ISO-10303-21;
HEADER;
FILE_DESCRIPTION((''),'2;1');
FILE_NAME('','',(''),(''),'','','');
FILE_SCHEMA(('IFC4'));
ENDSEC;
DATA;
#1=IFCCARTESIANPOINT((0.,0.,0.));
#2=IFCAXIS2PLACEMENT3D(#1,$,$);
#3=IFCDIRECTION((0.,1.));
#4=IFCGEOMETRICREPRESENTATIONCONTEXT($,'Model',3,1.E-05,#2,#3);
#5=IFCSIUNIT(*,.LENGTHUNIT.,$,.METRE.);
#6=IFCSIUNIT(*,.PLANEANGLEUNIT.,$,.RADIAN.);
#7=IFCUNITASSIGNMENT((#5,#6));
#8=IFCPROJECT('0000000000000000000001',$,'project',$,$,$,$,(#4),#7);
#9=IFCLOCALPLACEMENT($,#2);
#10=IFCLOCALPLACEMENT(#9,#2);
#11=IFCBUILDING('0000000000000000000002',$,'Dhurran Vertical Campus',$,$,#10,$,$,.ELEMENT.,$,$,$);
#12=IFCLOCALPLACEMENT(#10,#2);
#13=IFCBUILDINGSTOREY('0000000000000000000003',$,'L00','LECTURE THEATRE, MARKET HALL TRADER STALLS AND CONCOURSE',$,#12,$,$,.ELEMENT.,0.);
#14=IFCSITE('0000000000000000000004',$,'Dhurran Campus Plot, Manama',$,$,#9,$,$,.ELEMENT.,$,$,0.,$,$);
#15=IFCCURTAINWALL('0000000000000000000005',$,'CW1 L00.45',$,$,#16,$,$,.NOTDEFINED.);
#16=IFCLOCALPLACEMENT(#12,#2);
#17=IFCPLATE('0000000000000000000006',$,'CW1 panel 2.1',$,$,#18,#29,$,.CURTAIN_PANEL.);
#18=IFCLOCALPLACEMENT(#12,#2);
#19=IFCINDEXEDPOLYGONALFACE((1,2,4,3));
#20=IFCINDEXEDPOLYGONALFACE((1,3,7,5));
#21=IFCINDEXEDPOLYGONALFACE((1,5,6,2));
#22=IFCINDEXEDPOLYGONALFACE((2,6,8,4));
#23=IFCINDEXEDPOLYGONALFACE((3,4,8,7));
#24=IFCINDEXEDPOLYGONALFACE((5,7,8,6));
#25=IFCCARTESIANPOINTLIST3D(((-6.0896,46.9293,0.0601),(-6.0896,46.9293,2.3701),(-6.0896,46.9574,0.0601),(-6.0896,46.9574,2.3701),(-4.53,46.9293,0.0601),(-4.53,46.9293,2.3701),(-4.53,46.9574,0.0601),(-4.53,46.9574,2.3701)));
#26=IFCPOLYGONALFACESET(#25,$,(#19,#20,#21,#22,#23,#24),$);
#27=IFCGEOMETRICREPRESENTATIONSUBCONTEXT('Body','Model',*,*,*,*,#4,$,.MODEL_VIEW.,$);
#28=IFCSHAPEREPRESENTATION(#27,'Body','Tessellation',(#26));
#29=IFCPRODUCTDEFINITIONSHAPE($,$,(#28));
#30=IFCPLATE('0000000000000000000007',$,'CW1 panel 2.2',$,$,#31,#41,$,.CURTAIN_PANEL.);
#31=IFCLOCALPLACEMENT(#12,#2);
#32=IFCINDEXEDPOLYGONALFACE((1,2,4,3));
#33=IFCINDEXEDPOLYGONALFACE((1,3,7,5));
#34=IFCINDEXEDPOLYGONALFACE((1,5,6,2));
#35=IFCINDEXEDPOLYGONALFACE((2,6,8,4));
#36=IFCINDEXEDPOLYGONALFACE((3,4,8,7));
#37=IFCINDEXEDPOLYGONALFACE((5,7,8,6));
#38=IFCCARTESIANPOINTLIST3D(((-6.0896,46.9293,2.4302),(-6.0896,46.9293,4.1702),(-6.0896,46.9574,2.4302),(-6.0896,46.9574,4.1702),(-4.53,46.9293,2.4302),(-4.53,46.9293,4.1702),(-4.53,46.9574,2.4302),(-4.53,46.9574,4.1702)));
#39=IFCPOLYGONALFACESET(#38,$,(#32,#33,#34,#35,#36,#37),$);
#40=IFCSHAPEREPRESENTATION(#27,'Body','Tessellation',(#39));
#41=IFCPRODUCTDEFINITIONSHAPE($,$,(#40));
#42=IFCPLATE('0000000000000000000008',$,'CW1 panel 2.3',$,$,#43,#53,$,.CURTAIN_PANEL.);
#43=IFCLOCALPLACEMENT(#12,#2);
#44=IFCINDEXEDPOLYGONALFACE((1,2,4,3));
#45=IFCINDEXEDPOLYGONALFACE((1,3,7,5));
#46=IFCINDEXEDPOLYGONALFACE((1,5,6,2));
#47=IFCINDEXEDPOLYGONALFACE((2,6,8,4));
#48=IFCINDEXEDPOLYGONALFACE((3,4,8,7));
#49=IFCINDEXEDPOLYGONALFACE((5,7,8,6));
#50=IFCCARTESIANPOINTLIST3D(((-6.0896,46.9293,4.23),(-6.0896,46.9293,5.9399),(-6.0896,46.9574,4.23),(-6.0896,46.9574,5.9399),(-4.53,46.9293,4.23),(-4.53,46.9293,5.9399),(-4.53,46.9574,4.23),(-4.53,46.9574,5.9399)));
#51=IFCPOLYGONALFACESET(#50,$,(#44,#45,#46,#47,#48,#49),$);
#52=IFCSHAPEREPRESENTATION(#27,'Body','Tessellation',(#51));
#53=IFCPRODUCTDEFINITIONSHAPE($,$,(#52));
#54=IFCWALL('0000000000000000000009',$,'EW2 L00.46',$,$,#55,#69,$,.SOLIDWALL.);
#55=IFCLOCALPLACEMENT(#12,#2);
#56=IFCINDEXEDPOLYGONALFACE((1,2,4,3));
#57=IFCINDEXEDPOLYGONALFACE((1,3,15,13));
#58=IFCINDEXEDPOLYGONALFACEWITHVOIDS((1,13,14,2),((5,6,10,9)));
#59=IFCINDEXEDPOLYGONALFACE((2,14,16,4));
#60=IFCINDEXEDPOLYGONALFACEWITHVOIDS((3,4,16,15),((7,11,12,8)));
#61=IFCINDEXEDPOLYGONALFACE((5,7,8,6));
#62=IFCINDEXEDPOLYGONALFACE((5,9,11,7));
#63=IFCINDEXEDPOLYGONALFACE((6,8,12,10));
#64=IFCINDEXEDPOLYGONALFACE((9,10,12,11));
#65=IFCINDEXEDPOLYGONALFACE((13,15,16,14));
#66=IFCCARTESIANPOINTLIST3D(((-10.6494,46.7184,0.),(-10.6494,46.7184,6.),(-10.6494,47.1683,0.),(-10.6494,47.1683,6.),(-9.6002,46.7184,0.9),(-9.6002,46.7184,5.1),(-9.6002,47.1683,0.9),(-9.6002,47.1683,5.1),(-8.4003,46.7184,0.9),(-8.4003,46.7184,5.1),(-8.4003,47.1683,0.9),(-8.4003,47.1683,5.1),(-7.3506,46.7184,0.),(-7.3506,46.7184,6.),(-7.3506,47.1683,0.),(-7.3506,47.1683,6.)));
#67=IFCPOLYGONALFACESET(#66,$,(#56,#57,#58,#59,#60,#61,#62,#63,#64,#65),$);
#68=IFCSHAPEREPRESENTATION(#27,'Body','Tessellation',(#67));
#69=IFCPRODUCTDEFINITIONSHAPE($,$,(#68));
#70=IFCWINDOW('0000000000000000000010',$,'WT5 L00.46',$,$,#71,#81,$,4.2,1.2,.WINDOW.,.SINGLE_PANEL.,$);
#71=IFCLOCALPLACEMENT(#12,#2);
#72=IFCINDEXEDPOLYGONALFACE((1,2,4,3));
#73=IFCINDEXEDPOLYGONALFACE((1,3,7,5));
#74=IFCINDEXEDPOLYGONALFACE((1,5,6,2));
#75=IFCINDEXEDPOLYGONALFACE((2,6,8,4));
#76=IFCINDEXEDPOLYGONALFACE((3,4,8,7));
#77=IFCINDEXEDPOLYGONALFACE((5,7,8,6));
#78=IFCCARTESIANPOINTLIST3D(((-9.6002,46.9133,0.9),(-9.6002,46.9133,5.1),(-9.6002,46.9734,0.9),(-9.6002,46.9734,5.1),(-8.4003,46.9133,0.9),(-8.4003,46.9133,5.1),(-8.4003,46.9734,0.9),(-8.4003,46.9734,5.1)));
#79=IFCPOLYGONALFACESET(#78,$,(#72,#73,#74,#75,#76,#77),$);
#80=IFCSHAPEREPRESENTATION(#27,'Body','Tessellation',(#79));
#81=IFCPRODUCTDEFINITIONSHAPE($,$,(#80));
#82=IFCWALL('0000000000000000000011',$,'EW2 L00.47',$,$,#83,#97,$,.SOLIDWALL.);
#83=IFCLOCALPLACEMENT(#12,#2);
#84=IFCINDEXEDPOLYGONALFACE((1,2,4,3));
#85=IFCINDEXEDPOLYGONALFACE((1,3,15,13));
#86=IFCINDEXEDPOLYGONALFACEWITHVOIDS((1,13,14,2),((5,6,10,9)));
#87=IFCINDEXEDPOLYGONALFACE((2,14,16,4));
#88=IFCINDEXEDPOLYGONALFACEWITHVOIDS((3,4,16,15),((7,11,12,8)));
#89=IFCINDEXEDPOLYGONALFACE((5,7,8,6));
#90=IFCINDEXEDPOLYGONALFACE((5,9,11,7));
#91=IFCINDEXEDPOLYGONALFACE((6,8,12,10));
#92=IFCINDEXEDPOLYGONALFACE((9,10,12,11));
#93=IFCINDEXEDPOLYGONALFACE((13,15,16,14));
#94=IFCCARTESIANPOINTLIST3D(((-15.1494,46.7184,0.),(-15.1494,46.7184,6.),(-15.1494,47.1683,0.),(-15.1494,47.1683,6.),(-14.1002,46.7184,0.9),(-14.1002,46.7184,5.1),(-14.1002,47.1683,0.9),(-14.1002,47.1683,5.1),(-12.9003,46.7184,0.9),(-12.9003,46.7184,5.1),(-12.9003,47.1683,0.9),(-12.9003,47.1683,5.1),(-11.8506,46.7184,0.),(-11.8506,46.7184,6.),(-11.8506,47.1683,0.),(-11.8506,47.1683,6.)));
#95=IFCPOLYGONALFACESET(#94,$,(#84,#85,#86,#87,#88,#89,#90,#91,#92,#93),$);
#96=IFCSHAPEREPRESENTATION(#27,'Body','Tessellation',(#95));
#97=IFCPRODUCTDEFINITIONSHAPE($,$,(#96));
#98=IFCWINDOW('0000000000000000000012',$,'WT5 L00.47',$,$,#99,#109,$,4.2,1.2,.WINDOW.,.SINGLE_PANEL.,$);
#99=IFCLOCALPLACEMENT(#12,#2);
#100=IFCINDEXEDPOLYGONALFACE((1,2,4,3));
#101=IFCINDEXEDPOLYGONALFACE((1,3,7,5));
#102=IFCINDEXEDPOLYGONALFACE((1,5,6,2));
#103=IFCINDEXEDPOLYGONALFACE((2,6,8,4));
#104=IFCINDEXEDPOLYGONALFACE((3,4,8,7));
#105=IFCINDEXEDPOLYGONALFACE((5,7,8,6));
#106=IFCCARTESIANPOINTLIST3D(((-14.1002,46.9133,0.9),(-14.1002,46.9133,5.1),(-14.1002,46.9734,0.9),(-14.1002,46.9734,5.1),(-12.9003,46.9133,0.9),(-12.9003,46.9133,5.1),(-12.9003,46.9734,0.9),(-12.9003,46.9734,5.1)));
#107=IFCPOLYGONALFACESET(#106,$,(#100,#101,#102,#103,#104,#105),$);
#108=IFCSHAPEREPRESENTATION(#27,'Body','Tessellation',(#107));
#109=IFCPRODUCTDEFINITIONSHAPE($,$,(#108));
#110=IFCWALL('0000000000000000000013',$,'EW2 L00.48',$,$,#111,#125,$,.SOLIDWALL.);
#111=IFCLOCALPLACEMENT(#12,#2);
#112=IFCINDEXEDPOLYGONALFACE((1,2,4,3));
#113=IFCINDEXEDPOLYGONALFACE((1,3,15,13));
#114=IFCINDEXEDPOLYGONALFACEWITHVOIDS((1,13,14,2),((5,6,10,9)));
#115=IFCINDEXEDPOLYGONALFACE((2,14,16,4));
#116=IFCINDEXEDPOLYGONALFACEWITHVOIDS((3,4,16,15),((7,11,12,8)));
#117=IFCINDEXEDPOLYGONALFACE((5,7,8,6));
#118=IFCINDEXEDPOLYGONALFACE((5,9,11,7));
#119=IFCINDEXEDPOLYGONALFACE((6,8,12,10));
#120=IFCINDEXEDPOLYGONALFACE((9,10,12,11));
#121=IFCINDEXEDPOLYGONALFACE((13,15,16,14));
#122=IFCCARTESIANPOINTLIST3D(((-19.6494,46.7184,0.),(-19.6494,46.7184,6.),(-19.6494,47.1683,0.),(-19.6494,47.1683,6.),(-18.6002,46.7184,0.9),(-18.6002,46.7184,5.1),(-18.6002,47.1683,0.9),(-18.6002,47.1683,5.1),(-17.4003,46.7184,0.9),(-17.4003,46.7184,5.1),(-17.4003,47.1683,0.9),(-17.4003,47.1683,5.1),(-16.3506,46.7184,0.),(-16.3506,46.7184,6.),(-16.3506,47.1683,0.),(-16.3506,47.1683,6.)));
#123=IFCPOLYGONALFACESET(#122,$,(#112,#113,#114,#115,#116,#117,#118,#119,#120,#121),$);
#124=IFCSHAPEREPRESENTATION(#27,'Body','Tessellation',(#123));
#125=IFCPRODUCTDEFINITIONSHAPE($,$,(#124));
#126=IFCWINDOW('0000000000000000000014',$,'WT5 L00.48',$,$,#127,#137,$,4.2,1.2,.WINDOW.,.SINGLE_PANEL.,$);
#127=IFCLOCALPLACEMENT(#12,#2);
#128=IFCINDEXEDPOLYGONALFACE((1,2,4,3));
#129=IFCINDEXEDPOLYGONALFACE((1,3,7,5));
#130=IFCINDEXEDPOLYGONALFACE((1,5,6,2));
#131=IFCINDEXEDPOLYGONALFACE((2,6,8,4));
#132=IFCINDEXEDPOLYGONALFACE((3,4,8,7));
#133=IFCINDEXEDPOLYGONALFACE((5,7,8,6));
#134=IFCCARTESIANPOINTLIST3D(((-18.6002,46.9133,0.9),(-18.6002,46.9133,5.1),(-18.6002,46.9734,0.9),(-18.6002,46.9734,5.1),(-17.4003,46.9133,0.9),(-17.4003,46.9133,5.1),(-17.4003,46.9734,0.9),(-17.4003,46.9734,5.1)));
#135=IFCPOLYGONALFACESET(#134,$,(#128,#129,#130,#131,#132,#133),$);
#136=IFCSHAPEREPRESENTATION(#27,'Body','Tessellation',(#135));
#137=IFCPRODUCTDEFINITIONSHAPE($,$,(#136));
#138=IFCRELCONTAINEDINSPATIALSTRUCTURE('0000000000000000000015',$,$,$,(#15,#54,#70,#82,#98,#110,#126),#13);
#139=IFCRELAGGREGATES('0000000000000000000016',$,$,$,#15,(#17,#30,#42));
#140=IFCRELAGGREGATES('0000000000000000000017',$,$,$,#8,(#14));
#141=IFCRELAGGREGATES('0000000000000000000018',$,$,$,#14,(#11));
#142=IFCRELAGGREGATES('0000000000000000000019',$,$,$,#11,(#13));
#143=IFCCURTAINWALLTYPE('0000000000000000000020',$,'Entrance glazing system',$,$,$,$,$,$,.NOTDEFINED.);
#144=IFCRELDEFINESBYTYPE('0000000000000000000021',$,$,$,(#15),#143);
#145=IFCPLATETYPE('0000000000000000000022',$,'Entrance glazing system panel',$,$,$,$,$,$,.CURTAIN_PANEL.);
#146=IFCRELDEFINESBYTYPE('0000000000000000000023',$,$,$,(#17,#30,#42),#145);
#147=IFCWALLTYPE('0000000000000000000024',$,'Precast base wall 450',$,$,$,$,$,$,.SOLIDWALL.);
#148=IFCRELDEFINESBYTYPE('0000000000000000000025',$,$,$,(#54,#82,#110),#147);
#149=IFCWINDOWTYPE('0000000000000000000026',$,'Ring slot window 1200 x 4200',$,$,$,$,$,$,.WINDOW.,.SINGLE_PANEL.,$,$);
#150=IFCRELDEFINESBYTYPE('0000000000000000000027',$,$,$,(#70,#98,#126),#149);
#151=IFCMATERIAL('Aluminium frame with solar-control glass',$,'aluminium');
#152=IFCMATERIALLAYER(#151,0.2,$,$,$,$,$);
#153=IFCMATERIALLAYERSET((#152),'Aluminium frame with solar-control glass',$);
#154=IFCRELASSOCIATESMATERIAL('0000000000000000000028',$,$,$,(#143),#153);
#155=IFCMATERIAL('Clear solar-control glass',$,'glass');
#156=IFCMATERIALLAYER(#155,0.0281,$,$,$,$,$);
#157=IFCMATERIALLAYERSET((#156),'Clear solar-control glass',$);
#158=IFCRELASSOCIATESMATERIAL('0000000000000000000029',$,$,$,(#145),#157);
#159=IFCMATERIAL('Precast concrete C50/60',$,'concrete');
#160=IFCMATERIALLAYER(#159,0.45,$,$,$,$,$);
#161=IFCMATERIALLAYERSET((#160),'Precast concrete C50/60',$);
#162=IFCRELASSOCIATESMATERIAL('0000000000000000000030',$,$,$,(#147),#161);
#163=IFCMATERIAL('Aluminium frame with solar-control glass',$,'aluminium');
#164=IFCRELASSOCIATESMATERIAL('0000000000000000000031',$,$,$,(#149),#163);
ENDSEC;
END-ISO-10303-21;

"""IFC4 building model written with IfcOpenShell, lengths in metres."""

from ifc_helpers import new_model, si_unit, direction, frame, frame_2d, origin, origin_2d, place, context, subcontext, project, spatial, rectangle, extrude, material, layer, layer_set, type_object, element, fill, aggregate, save


model = new_model("IFC4")

# Units and contexts
model_context = context("Model", 3, precision=1e-05, world=origin(), true_north=direction((0.0, 1.0)))
body_context = subcontext(model_context, "Body", "Model", "MODEL_VIEW")
ifc_project = project(units=[si_unit("LENGTHUNIT", "METRE"), si_unit("PLANEANGLEUNIT", "RADIAN")], contexts=[model_context])

# Site, building, storey
site_placement = place(None, origin())
site = spatial("IfcSite", under=ifc_project, at=site_placement, Name="Dhurran Campus Plot, Manama", CompositionType="ELEMENT", RefElevation=0.0)
building_placement = place(site_placement, origin())
building = spatial("IfcBuilding", under=site, at=building_placement, Name="Dhurran Vertical Campus", CompositionType="ELEMENT")
storey_placement = place(building_placement, origin())
storey = spatial("IfcBuildingStorey", under=building, at=storey_placement, Name="L00", Description="LECTURE THEATRE, MARKET HALL TRADER STALLS AND CONCOURSE", CompositionType="ELEMENT", Elevation=0.0)

# Curtain wall, plates
ifc_material_1 = material(Name="Aluminium frame with solar-control glass", Category="aluminium")
ifc_layer_1 = layer(ifc_material_1, 0.2)
ifc_layer_set_1 = layer_set([ifc_layer_1], Name="Aluminium frame with solar-control glass")
curtain_wall_type = type_object("IfcCurtainWallType", Name="Entrance glazing system", PredefinedType="NOTDEFINED", material=ifc_layer_set_1)
curtain_wall_placement = place(storey_placement, origin())
curtain_wall = element("IfcCurtainWall", 1, at=curtain_wall_placement, inside=storey, type_object=curtain_wall_type, Name="CW1 L00.45", PredefinedType="NOTDEFINED")
ifc_material_2 = material(Name="Clear solar-control glass", Category="glass")
ifc_layer_2 = layer(ifc_material_2, 0.0281)
ifc_layer_set_2 = layer_set([ifc_layer_2], Name="Clear solar-control glass")
plate_type = type_object("IfcPlateType", Name="Entrance glazing system panel", PredefinedType="CURTAIN_PANEL", material=ifc_layer_set_2)
plate_1_placement = place(storey_placement, frame((-5.3098, 46.9434, 0.0601), z_axis=(0.0, 0.0, 1.0), x_axis=(-1.0, 0.0, 0.0)))
plate_1 = element("IfcPlate", 2, at=plate_1_placement, type_object=plate_type, Name="CW1 panel 2.1", PredefinedType="CURTAIN_PANEL", context=body_context, shape_type="SweptSolid", body=[
    extrude(rectangle(XDim=1.5596, YDim=0.0281, at=origin_2d()), origin(), (0.0, 0.0, 1.0), 2.3101),
])
plate_2_placement = place(storey_placement, frame((-5.3098, 46.9434, 2.4302), z_axis=(0.0, 0.0, 1.0), x_axis=(-1.0, 0.0, 0.0)))
plate_2 = element("IfcPlate", 3, at=plate_2_placement, type_object=plate_type, Name="CW1 panel 2.2", PredefinedType="CURTAIN_PANEL", context=body_context, shape_type="SweptSolid", body=[
    extrude(rectangle(XDim=1.5596, YDim=0.0281, at=origin_2d()), origin(), (0.0, 0.0, 1.0), 1.74),
])
plate_3_placement = place(storey_placement, frame((-5.3098, 46.9434, 4.23), z_axis=(0.0, 0.0, 1.0), x_axis=(-1.0, 0.0, 0.0)))
plate_3 = element("IfcPlate", 4, at=plate_3_placement, type_object=plate_type, Name="CW1 panel 2.3", PredefinedType="CURTAIN_PANEL", context=body_context, shape_type="SweptSolid", body=[
    extrude(rectangle(XDim=1.5596, YDim=0.0281, at=origin_2d()), origin(), (0.0, 0.0, 1.0), 1.71),
])
aggregate(curtain_wall, [plate_1, plate_2, plate_3])

# Walls, openings, windows
ifc_material_3 = material(Name="Precast concrete C50/60", Category="concrete")
ifc_layer_3 = layer(ifc_material_3, 0.45)
ifc_layer_set_3 = layer_set([ifc_layer_3], Name="Precast concrete C50/60")
wall_type = type_object("IfcWallType", Name="Precast base wall 450", PredefinedType="SOLIDWALL", material=ifc_layer_set_3)
wall_1_placement = place(storey_placement, frame((-7.3506, 46.9434, 0.0), z_axis=(0.0, 0.0, 1.0), x_axis=(-1.0, 0.0, 0.0)))
wall_1 = element("IfcWall", 5, at=wall_1_placement, inside=storey, type_object=wall_type, Name="EW2 L00.46", PredefinedType="SOLIDWALL", context=body_context, shape_type="SweptSolid", body=[
    extrude(rectangle(XDim=3.2988, YDim=0.45, at=frame_2d((1.6494, 0.0))), origin(), (0.0, 0.0, 1.0), 6.0),
])
opening_1_placement = place(wall_1_placement, frame((1.0496, 0.0, 0.8999)))
opening_1 = element("IfcOpeningElement", 6, at=opening_1_placement, cuts=wall_1, PredefinedType="OPENING", context=body_context, shape_type="SweptSolid", body=[
    extrude(rectangle(XDim=1.2, YDim=4.2, at=frame_2d((0.6001, 2.1001))), frame((0.0, 0.2349, 0.0), z_axis=(0.0, -1.0, 0.0), x_axis=(1.0, 0.0, 0.0)), (0.0, 0.0, 1.0), 0.47),
])
ifc_material_4 = material(Name="Aluminium frame with solar-control glass", Category="aluminium")
window_type = type_object("IfcWindowType", Name="Ring slot window 1200 x 4200", PartitioningType="SINGLE_PANEL", PredefinedType="WINDOW", material=ifc_material_4)
window_1_placement = place(opening_1_placement, origin())
window_1 = element("IfcWindow", 7, at=window_1_placement, inside=storey, type_object=window_type, Name="WT5 L00.46", OverallHeight=4.2, OverallWidth=1.2, PartitioningType="SINGLE_PANEL", PredefinedType="WINDOW", context=body_context, shape_type="SweptSolid", body=[
    extrude(rectangle(XDim=1.2, YDim=4.2, at=frame_2d((0.6001, 2.1001))), frame((0.0, 0.03, 0.0), z_axis=(0.0, -1.0, 0.0), x_axis=(1.0, 0.0, 0.0)), (0.0, 0.0, 1.0), 0.0601),
])
fill(opening_1, window_1)
wall_2_placement = place(storey_placement, frame((-11.8506, 46.9434, 0.0), z_axis=(0.0, 0.0, 1.0), x_axis=(-1.0, 0.0, 0.0)))
wall_2 = element("IfcWall", 8, at=wall_2_placement, inside=storey, type_object=wall_type, Name="EW2 L00.47", PredefinedType="SOLIDWALL", context=body_context, shape_type="SweptSolid", body=[
    extrude(rectangle(XDim=3.2988, YDim=0.45, at=frame_2d((1.6494, 0.0))), origin(), (0.0, 0.0, 1.0), 6.0),
])
opening_2_placement = place(wall_2_placement, frame((1.0496, 0.0, 0.8999)))
opening_2 = element("IfcOpeningElement", 9, at=opening_2_placement, cuts=wall_2, PredefinedType="OPENING", context=body_context, shape_type="SweptSolid", body=[
    extrude(rectangle(XDim=1.2, YDim=4.2, at=frame_2d((0.6001, 2.1001))), frame((0.0, 0.2349, 0.0), z_axis=(0.0, -1.0, 0.0), x_axis=(1.0, 0.0, 0.0)), (0.0, 0.0, 1.0), 0.47),
])
window_2_placement = place(opening_2_placement, origin())
window_2 = element("IfcWindow", 10, at=window_2_placement, inside=storey, type_object=window_type, Name="WT5 L00.47", OverallHeight=4.2, OverallWidth=1.2, PartitioningType="SINGLE_PANEL", PredefinedType="WINDOW", context=body_context, shape_type="SweptSolid", body=[
    extrude(rectangle(XDim=1.2, YDim=4.2, at=frame_2d((0.6001, 2.1001))), frame((0.0, 0.03, 0.0), z_axis=(0.0, -1.0, 0.0), x_axis=(1.0, 0.0, 0.0)), (0.0, 0.0, 1.0), 0.0601),
])
fill(opening_2, window_2)
wall_3_placement = place(storey_placement, frame((-16.3506, 46.9434, 0.0), z_axis=(0.0, 0.0, 1.0), x_axis=(-1.0, 0.0, 0.0)))
wall_3 = element("IfcWall", 11, at=wall_3_placement, inside=storey, type_object=wall_type, Name="EW2 L00.48", PredefinedType="SOLIDWALL", context=body_context, shape_type="SweptSolid", body=[
    extrude(rectangle(XDim=3.2988, YDim=0.45, at=frame_2d((1.6494, 0.0))), origin(), (0.0, 0.0, 1.0), 6.0),
])
opening_3_placement = place(wall_3_placement, frame((1.0496, 0.0, 0.8999)))
opening_3 = element("IfcOpeningElement", 12, at=opening_3_placement, cuts=wall_3, PredefinedType="OPENING", context=body_context, shape_type="SweptSolid", body=[
    extrude(rectangle(XDim=1.2, YDim=4.2, at=frame_2d((0.6001, 2.1001))), frame((0.0, 0.2349, 0.0), z_axis=(0.0, -1.0, 0.0), x_axis=(1.0, 0.0, 0.0)), (0.0, 0.0, 1.0), 0.47),
])
window_3_placement = place(opening_3_placement, origin())
window_3 = element("IfcWindow", 13, at=window_3_placement, inside=storey, type_object=window_type, Name="WT5 L00.48", OverallHeight=4.2, OverallWidth=1.2, PartitioningType="SINGLE_PANEL", PredefinedType="WINDOW", context=body_context, shape_type="SweptSolid", body=[
    extrude(rectangle(XDim=1.2, YDim=4.2, at=frame_2d((0.6001, 2.1001))), frame((0.0, 0.03, 0.0), z_axis=(0.0, -1.0, 0.0), x_axis=(1.0, 0.0, 0.0)), (0.0, 0.0, 1.0), 0.0601),
])
fill(opening_3, window_3)

save(model, "model.ifc")
